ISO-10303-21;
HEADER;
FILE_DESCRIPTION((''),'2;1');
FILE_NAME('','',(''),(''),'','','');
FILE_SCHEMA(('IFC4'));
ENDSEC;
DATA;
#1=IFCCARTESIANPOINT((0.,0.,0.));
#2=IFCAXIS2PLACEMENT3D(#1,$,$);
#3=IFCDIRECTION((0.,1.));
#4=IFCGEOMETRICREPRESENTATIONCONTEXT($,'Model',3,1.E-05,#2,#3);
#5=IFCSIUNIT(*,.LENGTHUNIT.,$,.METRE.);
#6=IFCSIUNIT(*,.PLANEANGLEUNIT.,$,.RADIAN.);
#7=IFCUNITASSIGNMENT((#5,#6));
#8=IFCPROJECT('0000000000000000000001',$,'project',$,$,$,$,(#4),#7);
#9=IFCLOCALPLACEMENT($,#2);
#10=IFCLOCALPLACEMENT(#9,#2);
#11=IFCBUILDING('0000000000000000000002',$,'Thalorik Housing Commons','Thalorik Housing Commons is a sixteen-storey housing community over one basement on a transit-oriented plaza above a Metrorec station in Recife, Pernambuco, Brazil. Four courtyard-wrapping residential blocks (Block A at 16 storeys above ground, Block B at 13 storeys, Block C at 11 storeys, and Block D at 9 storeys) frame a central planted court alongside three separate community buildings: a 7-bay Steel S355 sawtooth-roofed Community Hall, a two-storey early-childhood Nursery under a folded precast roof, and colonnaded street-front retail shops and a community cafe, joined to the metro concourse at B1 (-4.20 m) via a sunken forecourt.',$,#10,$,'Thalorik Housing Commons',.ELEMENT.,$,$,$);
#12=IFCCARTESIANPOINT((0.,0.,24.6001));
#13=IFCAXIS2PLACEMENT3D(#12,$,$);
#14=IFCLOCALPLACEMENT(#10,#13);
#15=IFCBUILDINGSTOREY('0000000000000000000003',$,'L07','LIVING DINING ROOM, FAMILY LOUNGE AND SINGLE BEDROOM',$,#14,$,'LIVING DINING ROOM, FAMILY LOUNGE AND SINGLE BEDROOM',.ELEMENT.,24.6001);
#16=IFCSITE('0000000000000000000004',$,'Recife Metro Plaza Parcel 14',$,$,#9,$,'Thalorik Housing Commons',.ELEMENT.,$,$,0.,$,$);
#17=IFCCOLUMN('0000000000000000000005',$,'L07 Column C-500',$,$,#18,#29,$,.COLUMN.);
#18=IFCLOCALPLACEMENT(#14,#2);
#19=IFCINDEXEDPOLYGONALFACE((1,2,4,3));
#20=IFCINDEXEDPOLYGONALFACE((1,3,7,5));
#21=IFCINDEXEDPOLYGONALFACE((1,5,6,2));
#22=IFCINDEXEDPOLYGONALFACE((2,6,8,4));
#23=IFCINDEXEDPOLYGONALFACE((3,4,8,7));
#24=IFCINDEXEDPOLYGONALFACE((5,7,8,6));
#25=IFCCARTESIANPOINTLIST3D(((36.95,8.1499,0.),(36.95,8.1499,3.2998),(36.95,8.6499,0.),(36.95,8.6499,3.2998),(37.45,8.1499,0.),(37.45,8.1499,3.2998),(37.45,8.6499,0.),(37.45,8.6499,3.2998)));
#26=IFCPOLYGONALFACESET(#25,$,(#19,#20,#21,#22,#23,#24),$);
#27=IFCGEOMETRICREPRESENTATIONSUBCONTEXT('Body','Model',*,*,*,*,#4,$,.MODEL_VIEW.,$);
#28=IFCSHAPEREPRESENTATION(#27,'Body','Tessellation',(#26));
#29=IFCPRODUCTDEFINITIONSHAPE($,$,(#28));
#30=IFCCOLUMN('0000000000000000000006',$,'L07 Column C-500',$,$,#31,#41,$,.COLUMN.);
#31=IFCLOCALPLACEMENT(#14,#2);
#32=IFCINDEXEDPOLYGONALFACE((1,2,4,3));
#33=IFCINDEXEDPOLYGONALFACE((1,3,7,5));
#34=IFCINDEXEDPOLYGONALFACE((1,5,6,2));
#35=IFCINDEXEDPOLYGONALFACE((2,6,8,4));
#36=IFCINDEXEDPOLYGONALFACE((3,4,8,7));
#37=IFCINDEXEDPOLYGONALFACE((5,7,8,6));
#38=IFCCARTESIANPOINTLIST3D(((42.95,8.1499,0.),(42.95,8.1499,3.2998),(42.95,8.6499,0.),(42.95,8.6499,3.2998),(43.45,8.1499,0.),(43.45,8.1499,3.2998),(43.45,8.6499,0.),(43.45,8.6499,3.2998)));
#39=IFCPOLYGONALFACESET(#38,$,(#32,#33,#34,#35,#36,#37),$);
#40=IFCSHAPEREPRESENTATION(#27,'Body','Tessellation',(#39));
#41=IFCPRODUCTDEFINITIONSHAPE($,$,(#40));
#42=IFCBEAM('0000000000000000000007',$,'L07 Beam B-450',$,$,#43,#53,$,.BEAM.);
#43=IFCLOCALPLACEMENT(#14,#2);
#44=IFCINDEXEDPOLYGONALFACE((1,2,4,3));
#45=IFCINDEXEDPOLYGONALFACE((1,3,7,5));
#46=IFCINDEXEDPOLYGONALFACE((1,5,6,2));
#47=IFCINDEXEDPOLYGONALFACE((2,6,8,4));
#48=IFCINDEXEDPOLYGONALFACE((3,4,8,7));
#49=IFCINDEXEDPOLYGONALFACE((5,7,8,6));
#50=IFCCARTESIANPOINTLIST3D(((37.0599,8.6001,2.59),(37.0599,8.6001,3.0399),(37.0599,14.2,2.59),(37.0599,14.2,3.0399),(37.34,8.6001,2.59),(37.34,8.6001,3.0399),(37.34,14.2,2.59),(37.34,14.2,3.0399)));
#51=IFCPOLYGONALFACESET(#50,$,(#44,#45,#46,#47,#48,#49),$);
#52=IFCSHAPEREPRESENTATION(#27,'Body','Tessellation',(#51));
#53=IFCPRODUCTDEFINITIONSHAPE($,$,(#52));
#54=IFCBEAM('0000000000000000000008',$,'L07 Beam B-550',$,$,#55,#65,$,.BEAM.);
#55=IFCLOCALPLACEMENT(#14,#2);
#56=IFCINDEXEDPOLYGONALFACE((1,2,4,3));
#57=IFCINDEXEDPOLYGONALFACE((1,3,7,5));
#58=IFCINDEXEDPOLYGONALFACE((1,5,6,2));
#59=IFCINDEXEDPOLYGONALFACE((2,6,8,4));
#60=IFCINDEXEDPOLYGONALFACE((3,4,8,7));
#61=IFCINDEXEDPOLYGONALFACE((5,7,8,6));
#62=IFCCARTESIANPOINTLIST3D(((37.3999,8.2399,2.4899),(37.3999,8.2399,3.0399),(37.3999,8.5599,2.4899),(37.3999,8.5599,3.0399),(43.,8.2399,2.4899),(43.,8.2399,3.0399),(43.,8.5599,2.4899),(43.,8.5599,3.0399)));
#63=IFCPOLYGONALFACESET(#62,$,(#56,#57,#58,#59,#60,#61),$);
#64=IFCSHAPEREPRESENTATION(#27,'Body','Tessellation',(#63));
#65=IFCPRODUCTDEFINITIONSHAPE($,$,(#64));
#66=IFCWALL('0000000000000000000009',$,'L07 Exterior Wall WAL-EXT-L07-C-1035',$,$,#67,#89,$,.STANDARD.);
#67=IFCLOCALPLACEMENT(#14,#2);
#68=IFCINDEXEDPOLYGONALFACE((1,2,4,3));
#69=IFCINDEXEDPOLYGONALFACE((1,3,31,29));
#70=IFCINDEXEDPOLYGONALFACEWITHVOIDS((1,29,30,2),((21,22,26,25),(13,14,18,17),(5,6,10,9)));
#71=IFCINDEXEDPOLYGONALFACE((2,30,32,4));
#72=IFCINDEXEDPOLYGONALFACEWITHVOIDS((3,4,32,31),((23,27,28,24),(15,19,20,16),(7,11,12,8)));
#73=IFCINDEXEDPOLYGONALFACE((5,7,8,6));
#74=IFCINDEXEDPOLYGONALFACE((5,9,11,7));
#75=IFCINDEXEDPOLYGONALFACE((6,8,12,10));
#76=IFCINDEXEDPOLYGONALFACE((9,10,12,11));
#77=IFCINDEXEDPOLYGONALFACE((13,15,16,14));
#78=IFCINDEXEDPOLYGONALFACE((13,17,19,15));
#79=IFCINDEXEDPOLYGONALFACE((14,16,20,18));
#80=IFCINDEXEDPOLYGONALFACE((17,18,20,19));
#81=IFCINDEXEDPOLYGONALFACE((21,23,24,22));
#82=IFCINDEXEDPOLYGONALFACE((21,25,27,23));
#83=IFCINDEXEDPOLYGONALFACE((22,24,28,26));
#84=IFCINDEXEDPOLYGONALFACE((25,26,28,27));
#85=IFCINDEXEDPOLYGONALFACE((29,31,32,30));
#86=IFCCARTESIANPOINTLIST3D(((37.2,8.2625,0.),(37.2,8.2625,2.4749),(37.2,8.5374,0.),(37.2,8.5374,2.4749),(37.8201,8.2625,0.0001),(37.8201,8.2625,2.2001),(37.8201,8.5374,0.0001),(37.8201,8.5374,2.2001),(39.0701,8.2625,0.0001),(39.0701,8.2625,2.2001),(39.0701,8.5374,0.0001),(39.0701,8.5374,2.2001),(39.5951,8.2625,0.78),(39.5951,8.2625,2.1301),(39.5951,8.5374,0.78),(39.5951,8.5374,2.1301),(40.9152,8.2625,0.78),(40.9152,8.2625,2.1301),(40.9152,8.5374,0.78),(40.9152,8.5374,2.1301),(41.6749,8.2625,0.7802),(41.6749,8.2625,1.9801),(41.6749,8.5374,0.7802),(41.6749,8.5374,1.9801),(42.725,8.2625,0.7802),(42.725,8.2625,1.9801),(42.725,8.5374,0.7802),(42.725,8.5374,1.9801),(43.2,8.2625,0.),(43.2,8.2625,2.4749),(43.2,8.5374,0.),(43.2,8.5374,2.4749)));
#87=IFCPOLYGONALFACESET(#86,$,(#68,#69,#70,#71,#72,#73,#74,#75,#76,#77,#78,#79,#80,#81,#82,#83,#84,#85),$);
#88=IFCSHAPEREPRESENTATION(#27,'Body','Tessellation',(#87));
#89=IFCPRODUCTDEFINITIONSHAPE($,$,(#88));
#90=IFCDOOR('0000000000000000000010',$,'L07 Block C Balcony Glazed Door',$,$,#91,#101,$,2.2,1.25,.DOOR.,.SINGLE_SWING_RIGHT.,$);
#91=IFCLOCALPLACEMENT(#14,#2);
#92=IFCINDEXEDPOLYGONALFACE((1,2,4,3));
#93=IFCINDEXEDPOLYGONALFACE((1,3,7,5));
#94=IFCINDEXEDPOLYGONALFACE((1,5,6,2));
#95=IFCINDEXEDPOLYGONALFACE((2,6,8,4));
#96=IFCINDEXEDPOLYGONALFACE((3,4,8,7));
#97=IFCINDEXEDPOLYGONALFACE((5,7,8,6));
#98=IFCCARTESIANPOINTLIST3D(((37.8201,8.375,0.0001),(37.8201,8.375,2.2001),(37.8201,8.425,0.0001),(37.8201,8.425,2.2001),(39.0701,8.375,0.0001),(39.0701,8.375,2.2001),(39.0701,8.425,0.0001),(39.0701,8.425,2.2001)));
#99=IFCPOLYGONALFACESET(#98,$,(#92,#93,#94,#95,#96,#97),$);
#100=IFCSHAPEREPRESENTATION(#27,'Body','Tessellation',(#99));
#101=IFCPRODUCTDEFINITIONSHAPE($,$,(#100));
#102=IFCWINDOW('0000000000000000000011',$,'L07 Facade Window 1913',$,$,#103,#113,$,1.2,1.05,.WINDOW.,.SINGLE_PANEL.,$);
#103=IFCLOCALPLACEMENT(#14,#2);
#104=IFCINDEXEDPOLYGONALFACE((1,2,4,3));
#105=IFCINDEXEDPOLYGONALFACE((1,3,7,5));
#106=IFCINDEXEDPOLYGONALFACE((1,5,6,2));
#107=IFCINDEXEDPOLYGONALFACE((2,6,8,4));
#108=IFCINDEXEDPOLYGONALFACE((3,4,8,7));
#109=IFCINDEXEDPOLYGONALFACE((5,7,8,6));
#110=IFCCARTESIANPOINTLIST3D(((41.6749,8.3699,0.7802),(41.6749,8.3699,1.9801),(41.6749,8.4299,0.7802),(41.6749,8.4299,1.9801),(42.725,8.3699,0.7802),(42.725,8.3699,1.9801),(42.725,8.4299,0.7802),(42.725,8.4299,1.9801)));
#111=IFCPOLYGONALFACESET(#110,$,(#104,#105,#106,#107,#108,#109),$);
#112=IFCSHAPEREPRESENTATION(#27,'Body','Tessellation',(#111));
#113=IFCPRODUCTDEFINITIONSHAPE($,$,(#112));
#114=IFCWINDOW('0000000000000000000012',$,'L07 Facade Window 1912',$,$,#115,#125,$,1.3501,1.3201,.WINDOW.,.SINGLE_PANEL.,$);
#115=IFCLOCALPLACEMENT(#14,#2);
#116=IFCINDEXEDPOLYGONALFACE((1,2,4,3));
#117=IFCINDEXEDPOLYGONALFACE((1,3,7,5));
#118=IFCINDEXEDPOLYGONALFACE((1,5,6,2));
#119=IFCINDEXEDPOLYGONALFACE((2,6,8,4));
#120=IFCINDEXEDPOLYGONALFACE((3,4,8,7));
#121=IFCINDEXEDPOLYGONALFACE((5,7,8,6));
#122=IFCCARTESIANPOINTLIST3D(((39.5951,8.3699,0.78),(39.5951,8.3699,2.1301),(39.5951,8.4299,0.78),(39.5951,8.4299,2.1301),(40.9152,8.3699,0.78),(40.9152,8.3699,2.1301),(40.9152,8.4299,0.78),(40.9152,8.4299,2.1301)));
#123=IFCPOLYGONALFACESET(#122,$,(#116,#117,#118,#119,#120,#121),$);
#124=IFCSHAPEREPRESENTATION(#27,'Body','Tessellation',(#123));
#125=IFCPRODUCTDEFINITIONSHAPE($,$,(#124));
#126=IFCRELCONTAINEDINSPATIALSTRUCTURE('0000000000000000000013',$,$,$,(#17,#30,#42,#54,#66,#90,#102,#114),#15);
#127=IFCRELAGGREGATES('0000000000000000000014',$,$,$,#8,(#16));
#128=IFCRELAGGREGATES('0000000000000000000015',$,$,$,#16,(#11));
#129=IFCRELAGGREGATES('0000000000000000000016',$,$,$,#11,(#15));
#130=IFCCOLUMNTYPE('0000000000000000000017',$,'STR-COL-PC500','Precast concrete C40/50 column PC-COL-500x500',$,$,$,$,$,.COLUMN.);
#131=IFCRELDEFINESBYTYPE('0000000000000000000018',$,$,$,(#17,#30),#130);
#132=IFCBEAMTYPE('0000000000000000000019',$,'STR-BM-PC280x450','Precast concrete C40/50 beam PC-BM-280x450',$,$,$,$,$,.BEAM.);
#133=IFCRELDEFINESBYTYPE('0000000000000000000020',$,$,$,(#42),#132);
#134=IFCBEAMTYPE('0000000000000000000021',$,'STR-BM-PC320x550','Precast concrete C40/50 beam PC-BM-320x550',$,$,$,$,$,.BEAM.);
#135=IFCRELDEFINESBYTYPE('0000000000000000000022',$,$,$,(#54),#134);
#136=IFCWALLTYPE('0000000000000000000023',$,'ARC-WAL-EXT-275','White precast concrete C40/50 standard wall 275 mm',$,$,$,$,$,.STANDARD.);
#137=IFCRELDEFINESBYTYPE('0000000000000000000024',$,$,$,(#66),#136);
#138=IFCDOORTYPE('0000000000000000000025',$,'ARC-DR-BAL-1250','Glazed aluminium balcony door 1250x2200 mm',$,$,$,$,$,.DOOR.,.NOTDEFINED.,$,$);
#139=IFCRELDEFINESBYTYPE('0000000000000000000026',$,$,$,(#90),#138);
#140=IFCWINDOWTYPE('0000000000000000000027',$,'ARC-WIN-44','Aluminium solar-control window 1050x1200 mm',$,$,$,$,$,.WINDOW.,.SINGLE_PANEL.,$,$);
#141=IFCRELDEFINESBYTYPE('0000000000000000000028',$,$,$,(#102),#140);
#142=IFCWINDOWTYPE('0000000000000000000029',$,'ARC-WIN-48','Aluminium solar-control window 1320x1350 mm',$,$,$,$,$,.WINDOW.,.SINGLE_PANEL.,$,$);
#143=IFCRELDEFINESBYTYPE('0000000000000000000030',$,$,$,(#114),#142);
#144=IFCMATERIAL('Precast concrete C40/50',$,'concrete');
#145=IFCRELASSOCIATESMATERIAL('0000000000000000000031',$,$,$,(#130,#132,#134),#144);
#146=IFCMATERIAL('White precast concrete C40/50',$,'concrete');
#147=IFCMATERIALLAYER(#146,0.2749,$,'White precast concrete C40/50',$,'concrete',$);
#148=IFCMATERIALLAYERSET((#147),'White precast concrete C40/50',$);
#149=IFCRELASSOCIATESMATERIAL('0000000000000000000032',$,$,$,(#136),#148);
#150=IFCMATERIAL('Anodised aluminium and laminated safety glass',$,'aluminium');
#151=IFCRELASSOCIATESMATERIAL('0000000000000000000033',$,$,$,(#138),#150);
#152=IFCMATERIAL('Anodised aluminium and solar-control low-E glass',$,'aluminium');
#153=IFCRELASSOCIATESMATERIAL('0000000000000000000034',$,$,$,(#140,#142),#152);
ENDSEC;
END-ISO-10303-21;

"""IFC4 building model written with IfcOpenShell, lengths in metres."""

from ifc_helpers import new_model, si_unit, direction, frame, frame_2d, origin, origin_2d, place, context, subcontext, project, spatial, rectangle, extrude, material, layer, layer_set, material_profile, profile_set, type_object, element, fill, save


model = new_model("IFC4")

# Units and contexts
model_context = context("Model", 3, precision=1e-05, world=origin(), true_north=direction((0.0, 1.0)))
body_context = subcontext(model_context, "Body", "Model", "MODEL_VIEW")
ifc_project = project(units=[si_unit("LENGTHUNIT", "METRE"), si_unit("PLANEANGLEUNIT", "RADIAN")], contexts=[model_context])

# Site, building, storey
site_placement = place(None, origin())
site = spatial("IfcSite", under=ifc_project, at=site_placement, Name="Recife Metro Plaza Parcel 14", LongName="Thalorik Housing Commons", CompositionType="ELEMENT", RefElevation=0.0)
building_placement = place(site_placement, origin())
building = spatial("IfcBuilding", under=site, at=building_placement, Name="Thalorik Housing Commons", Description="Thalorik Housing Commons is a sixteen-storey housing community over one basement on a transit-oriented plaza above a Metrorec station in Recife, Pernambuco, Brazil. Four courtyard-wrapping residential blocks (Block A at 16 storeys above ground, Block B at 13 storeys, Block C at 11 storeys, and Block D at 9 storeys) frame a central planted court alongside three separate community buildings: a 7-bay Steel S355 sawtooth-roofed Community Hall, a two-storey early-childhood Nursery under a folded precast roof, and colonnaded street-front retail shops and a community cafe, joined to the metro concourse at B1 (-4.20 m) via a sunken forecourt.", LongName="Thalorik Housing Commons", CompositionType="ELEMENT")
storey_placement = place(building_placement, frame((0.0, 0.0, 24.6001)))
storey = spatial("IfcBuildingStorey", under=building, at=storey_placement, Name="L07", Description="LIVING DINING ROOM, FAMILY LOUNGE AND SINGLE BEDROOM", LongName="LIVING DINING ROOM, FAMILY LOUNGE AND SINGLE BEDROOM", CompositionType="ELEMENT", Elevation=24.6001)

# Columns
ifc_material_1 = material(Name="Precast concrete C40/50", Category="concrete")
ifc_material_profile_1 = material_profile(ifc_material_1, rectangle(XDim=0.5, YDim=0.5, at=origin_2d()), Name="PC 500x500", Category="concrete")
ifc_profile_set_1 = profile_set([ifc_material_profile_1], Name="Precast concrete C40/50")
column_type = type_object("IfcColumnType", Name="STR-COL-PC500", Description="Precast concrete C40/50 column PC-COL-500x500", PredefinedType="COLUMN", material=ifc_profile_set_1)
for number, where, z_axis, x_axis, name in (
    (1, (37.2, 8.3999, 0.0), (0.0, 0.0, 1.0), (1.0, 0.0, 0.0), "L07 Column C-500"),
    (2, (43.2, 8.3999, 0.0), (0.0, 0.0, 1.0), (1.0, 0.0, 0.0), "L07 Column C-500"),
):
    element("IfcColumn", number, at=place(storey_placement, frame(where, z_axis=z_axis, x_axis=x_axis)), inside=storey, type_object=column_type, Name=name, PredefinedType="COLUMN", context=body_context, shape_type="SweptSolid", body=[
        extrude(rectangle(XDim=0.5, YDim=0.5, at=origin_2d()), origin(), (0.0, 0.0, 1.0), 3.2998),
    ])

# Beams
ifc_material_profile_2 = material_profile(ifc_material_1, rectangle(XDim=0.28, YDim=0.45, at=origin_2d()), Name="PC 280x450", Category="concrete")
ifc_profile_set_2 = profile_set([ifc_material_profile_2], Name="Precast concrete C40/50")
beam_type_1 = type_object("IfcBeamType", Name="STR-BM-PC280x450", Description="Precast concrete C40/50 beam PC-BM-280x450", PredefinedType="BEAM", material=ifc_profile_set_2)
beam_1_placement = place(storey_placement, frame((37.2, 8.6001, 2.8149), z_axis=(0.0, 1.0, 0.0), x_axis=(-1.0, 0.0, 0.0)))
element("IfcBeam", 3, at=beam_1_placement, inside=storey, type_object=beam_type_1, Name="L07 Beam B-450", PredefinedType="BEAM", context=body_context, shape_type="SweptSolid", body=[
    extrude(rectangle(XDim=0.28, YDim=0.45, at=origin_2d()), origin(), (0.0, 0.0, 1.0), 5.5999),
])
ifc_material_profile_3 = material_profile(ifc_material_1, rectangle(XDim=0.3201, YDim=0.55, at=origin_2d()), Name="PC 320x550", Category="concrete")
ifc_profile_set_3 = profile_set([ifc_material_profile_3], Name="Precast concrete C40/50")
beam_type_2 = type_object("IfcBeamType", Name="STR-BM-PC320x550", Description="Precast concrete C40/50 beam PC-BM-320x550", PredefinedType="BEAM", material=ifc_profile_set_3)
beam_2_placement = place(storey_placement, frame((37.3999, 8.3999, 2.7649), z_axis=(1.0, 0.0, 0.0), x_axis=(0.0, 1.0, 0.0)))
element("IfcBeam", 4, at=beam_2_placement, inside=storey, type_object=beam_type_2, Name="L07 Beam B-550", PredefinedType="BEAM", context=body_context, shape_type="SweptSolid", body=[
    extrude(rectangle(XDim=0.3201, YDim=0.55, at=origin_2d()), origin(), (0.0, 0.0, 1.0), 5.6001),
])

# Wall, openings, door, windows
ifc_material_2 = material(Name="White precast concrete C40/50", Category="concrete")
ifc_layer_1 = layer(ifc_material_2, 0.2749, Name="White precast concrete C40/50", Category="concrete")
ifc_layer_set_1 = layer_set([ifc_layer_1], Name="White precast concrete C40/50")
wall_type_1 = type_object("IfcWallType", Name="ARC-WAL-EXT-275", Description="White precast concrete C40/50 standard wall 275 mm", PredefinedType="STANDARD", material=ifc_layer_set_1)
wall_1_placement = place(storey_placement, frame((37.2, 8.3999, 0.0), z_axis=(0.0, 0.0, 1.0), x_axis=(1.0, 0.0, 0.0)))
wall_1 = element("IfcWall", 5, at=wall_1_placement, inside=storey, type_object=wall_type_1, Name="L07 Exterior Wall WAL-EXT-L07-C-1035", PredefinedType="STANDARD", context=body_context, shape_type="SweptSolid", body=[
    extrude(rectangle(XDim=6.0, YDim=0.2749, at=frame_2d((3.0, 0.0))), origin(), (0.0, 0.0, 1.0), 2.4749),
])
opening_1_placement = place(wall_1_placement, frame((0.6201, 0.0, 0.0)))
opening_1 = element("IfcOpeningElement", 6, at=opening_1_placement, cuts=wall_1, PredefinedType="OPENING", context=body_context, shape_type="SweptSolid", body=[
    extrude(rectangle(XDim=1.25, YDim=2.2, at=frame_2d((0.625, 1.1001))), frame((0.0, 0.1475, 0.0), z_axis=(0.0, -1.0, 0.0), x_axis=(1.0, 0.0, 0.0)), (0.0, 0.0, 1.0), 0.2949),
])
opening_2_placement = place(wall_1_placement, frame((2.395, 0.0, 0.78)))
opening_2 = element("IfcOpeningElement", 7, at=opening_2_placement, cuts=wall_1, PredefinedType="OPENING", context=body_context, shape_type="SweptSolid", body=[
    extrude(rectangle(XDim=1.3201, YDim=1.3501, at=frame_2d((0.6602, 0.675))), frame((0.0, 0.1475, 0.0), z_axis=(0.0, -1.0, 0.0), x_axis=(1.0, 0.0, 0.0)), (0.0, 0.0, 1.0), 0.2949),
])
opening_3_placement = place(wall_1_placement, frame((4.4751, 0.0, 0.78)))
opening_3 = element("IfcOpeningElement", 8, at=opening_3_placement, cuts=wall_1, PredefinedType="OPENING", context=body_context, shape_type="SweptSolid", body=[
    extrude(rectangle(XDim=1.05, YDim=1.2, at=frame_2d((0.5249, 0.6001))), frame((0.0, 0.1475, 0.0), z_axis=(0.0, -1.0, 0.0), x_axis=(1.0, 0.0, 0.0)), (0.0, 0.0, 1.0), 0.2949),
])
ifc_material_3 = material(Name="Anodised aluminium and laminated safety glass", Category="aluminium")
door_type_1 = type_object("IfcDoorType", Name="ARC-DR-BAL-1250", Description="Glazed aluminium balcony door 1250x2200 mm", OperationType="NOTDEFINED", PredefinedType="DOOR", material=ifc_material_3)
door_1_placement = place(opening_1_placement, frame((1.25, 0.0, 0.0), z_axis=(0.0, 0.0, 1.0), x_axis=(-1.0, 0.0, 0.0)))
door_1 = element("IfcDoor", 9, at=door_1_placement, inside=storey, type_object=door_type_1, Name="L07 Block C Balcony Glazed Door", OperationType="SINGLE_SWING_RIGHT", OverallHeight=2.2, OverallWidth=1.25, PredefinedType="DOOR", context=body_context, shape_type="SweptSolid", body=[
    extrude(rectangle(XDim=1.25, YDim=2.2, at=frame_2d((0.625, 1.1001))), frame((0.0, 0.0249, 0.0), z_axis=(0.0, -1.0, 0.0), x_axis=(1.0, 0.0, 0.0)), (0.0, 0.0, 1.0), 0.05),
])
fill(opening_1, door_1)
ifc_material_4 = material(Name="Anodised aluminium and solar-control low-E glass", Category="aluminium")
window_type_1 = type_object("IfcWindowType", Name="ARC-WIN-44", Description="Aluminium solar-control window 1050x1200 mm", PartitioningType="SINGLE_PANEL", PredefinedType="WINDOW", material=ifc_material_4)
window_1_placement = place(opening_3_placement, origin())
window_1 = element("IfcWindow", 10, at=window_1_placement, inside=storey, type_object=window_type_1, Name="L07 Facade Window 1913", OverallHeight=1.2, OverallWidth=1.05, PartitioningType="SINGLE_PANEL", PredefinedType="WINDOW", context=body_context, shape_type="SweptSolid", body=[
    extrude(rectangle(XDim=1.05, YDim=1.2, at=frame_2d((0.5249, 0.6001))), frame((0.0, 0.03, 0.0), z_axis=(0.0, -1.0, 0.0), x_axis=(1.0, 0.0, 0.0)), (0.0, 0.0, 1.0), 0.0601),
])
fill(opening_3, window_1)
window_type_2 = type_object("IfcWindowType", Name="ARC-WIN-48", Description="Aluminium solar-control window 1320x1350 mm", PartitioningType="SINGLE_PANEL", PredefinedType="WINDOW", material=ifc_material_4)
window_2_placement = place(opening_2_placement, origin())
window_2 = element("IfcWindow", 11, at=window_2_placement, inside=storey, type_object=window_type_2, Name="L07 Facade Window 1912", OverallHeight=1.3501, OverallWidth=1.3201, PartitioningType="SINGLE_PANEL", PredefinedType="WINDOW", context=body_context, shape_type="SweptSolid", body=[
    extrude(rectangle(XDim=1.3201, YDim=1.3501, at=frame_2d((0.6602, 0.675))), frame((0.0, 0.03, 0.0), z_axis=(0.0, -1.0, 0.0), x_axis=(1.0, 0.0, 0.0)), (0.0, 0.0, 1.0), 0.0601),
])
fill(opening_2, window_2)

save(model, "model.ifc")
